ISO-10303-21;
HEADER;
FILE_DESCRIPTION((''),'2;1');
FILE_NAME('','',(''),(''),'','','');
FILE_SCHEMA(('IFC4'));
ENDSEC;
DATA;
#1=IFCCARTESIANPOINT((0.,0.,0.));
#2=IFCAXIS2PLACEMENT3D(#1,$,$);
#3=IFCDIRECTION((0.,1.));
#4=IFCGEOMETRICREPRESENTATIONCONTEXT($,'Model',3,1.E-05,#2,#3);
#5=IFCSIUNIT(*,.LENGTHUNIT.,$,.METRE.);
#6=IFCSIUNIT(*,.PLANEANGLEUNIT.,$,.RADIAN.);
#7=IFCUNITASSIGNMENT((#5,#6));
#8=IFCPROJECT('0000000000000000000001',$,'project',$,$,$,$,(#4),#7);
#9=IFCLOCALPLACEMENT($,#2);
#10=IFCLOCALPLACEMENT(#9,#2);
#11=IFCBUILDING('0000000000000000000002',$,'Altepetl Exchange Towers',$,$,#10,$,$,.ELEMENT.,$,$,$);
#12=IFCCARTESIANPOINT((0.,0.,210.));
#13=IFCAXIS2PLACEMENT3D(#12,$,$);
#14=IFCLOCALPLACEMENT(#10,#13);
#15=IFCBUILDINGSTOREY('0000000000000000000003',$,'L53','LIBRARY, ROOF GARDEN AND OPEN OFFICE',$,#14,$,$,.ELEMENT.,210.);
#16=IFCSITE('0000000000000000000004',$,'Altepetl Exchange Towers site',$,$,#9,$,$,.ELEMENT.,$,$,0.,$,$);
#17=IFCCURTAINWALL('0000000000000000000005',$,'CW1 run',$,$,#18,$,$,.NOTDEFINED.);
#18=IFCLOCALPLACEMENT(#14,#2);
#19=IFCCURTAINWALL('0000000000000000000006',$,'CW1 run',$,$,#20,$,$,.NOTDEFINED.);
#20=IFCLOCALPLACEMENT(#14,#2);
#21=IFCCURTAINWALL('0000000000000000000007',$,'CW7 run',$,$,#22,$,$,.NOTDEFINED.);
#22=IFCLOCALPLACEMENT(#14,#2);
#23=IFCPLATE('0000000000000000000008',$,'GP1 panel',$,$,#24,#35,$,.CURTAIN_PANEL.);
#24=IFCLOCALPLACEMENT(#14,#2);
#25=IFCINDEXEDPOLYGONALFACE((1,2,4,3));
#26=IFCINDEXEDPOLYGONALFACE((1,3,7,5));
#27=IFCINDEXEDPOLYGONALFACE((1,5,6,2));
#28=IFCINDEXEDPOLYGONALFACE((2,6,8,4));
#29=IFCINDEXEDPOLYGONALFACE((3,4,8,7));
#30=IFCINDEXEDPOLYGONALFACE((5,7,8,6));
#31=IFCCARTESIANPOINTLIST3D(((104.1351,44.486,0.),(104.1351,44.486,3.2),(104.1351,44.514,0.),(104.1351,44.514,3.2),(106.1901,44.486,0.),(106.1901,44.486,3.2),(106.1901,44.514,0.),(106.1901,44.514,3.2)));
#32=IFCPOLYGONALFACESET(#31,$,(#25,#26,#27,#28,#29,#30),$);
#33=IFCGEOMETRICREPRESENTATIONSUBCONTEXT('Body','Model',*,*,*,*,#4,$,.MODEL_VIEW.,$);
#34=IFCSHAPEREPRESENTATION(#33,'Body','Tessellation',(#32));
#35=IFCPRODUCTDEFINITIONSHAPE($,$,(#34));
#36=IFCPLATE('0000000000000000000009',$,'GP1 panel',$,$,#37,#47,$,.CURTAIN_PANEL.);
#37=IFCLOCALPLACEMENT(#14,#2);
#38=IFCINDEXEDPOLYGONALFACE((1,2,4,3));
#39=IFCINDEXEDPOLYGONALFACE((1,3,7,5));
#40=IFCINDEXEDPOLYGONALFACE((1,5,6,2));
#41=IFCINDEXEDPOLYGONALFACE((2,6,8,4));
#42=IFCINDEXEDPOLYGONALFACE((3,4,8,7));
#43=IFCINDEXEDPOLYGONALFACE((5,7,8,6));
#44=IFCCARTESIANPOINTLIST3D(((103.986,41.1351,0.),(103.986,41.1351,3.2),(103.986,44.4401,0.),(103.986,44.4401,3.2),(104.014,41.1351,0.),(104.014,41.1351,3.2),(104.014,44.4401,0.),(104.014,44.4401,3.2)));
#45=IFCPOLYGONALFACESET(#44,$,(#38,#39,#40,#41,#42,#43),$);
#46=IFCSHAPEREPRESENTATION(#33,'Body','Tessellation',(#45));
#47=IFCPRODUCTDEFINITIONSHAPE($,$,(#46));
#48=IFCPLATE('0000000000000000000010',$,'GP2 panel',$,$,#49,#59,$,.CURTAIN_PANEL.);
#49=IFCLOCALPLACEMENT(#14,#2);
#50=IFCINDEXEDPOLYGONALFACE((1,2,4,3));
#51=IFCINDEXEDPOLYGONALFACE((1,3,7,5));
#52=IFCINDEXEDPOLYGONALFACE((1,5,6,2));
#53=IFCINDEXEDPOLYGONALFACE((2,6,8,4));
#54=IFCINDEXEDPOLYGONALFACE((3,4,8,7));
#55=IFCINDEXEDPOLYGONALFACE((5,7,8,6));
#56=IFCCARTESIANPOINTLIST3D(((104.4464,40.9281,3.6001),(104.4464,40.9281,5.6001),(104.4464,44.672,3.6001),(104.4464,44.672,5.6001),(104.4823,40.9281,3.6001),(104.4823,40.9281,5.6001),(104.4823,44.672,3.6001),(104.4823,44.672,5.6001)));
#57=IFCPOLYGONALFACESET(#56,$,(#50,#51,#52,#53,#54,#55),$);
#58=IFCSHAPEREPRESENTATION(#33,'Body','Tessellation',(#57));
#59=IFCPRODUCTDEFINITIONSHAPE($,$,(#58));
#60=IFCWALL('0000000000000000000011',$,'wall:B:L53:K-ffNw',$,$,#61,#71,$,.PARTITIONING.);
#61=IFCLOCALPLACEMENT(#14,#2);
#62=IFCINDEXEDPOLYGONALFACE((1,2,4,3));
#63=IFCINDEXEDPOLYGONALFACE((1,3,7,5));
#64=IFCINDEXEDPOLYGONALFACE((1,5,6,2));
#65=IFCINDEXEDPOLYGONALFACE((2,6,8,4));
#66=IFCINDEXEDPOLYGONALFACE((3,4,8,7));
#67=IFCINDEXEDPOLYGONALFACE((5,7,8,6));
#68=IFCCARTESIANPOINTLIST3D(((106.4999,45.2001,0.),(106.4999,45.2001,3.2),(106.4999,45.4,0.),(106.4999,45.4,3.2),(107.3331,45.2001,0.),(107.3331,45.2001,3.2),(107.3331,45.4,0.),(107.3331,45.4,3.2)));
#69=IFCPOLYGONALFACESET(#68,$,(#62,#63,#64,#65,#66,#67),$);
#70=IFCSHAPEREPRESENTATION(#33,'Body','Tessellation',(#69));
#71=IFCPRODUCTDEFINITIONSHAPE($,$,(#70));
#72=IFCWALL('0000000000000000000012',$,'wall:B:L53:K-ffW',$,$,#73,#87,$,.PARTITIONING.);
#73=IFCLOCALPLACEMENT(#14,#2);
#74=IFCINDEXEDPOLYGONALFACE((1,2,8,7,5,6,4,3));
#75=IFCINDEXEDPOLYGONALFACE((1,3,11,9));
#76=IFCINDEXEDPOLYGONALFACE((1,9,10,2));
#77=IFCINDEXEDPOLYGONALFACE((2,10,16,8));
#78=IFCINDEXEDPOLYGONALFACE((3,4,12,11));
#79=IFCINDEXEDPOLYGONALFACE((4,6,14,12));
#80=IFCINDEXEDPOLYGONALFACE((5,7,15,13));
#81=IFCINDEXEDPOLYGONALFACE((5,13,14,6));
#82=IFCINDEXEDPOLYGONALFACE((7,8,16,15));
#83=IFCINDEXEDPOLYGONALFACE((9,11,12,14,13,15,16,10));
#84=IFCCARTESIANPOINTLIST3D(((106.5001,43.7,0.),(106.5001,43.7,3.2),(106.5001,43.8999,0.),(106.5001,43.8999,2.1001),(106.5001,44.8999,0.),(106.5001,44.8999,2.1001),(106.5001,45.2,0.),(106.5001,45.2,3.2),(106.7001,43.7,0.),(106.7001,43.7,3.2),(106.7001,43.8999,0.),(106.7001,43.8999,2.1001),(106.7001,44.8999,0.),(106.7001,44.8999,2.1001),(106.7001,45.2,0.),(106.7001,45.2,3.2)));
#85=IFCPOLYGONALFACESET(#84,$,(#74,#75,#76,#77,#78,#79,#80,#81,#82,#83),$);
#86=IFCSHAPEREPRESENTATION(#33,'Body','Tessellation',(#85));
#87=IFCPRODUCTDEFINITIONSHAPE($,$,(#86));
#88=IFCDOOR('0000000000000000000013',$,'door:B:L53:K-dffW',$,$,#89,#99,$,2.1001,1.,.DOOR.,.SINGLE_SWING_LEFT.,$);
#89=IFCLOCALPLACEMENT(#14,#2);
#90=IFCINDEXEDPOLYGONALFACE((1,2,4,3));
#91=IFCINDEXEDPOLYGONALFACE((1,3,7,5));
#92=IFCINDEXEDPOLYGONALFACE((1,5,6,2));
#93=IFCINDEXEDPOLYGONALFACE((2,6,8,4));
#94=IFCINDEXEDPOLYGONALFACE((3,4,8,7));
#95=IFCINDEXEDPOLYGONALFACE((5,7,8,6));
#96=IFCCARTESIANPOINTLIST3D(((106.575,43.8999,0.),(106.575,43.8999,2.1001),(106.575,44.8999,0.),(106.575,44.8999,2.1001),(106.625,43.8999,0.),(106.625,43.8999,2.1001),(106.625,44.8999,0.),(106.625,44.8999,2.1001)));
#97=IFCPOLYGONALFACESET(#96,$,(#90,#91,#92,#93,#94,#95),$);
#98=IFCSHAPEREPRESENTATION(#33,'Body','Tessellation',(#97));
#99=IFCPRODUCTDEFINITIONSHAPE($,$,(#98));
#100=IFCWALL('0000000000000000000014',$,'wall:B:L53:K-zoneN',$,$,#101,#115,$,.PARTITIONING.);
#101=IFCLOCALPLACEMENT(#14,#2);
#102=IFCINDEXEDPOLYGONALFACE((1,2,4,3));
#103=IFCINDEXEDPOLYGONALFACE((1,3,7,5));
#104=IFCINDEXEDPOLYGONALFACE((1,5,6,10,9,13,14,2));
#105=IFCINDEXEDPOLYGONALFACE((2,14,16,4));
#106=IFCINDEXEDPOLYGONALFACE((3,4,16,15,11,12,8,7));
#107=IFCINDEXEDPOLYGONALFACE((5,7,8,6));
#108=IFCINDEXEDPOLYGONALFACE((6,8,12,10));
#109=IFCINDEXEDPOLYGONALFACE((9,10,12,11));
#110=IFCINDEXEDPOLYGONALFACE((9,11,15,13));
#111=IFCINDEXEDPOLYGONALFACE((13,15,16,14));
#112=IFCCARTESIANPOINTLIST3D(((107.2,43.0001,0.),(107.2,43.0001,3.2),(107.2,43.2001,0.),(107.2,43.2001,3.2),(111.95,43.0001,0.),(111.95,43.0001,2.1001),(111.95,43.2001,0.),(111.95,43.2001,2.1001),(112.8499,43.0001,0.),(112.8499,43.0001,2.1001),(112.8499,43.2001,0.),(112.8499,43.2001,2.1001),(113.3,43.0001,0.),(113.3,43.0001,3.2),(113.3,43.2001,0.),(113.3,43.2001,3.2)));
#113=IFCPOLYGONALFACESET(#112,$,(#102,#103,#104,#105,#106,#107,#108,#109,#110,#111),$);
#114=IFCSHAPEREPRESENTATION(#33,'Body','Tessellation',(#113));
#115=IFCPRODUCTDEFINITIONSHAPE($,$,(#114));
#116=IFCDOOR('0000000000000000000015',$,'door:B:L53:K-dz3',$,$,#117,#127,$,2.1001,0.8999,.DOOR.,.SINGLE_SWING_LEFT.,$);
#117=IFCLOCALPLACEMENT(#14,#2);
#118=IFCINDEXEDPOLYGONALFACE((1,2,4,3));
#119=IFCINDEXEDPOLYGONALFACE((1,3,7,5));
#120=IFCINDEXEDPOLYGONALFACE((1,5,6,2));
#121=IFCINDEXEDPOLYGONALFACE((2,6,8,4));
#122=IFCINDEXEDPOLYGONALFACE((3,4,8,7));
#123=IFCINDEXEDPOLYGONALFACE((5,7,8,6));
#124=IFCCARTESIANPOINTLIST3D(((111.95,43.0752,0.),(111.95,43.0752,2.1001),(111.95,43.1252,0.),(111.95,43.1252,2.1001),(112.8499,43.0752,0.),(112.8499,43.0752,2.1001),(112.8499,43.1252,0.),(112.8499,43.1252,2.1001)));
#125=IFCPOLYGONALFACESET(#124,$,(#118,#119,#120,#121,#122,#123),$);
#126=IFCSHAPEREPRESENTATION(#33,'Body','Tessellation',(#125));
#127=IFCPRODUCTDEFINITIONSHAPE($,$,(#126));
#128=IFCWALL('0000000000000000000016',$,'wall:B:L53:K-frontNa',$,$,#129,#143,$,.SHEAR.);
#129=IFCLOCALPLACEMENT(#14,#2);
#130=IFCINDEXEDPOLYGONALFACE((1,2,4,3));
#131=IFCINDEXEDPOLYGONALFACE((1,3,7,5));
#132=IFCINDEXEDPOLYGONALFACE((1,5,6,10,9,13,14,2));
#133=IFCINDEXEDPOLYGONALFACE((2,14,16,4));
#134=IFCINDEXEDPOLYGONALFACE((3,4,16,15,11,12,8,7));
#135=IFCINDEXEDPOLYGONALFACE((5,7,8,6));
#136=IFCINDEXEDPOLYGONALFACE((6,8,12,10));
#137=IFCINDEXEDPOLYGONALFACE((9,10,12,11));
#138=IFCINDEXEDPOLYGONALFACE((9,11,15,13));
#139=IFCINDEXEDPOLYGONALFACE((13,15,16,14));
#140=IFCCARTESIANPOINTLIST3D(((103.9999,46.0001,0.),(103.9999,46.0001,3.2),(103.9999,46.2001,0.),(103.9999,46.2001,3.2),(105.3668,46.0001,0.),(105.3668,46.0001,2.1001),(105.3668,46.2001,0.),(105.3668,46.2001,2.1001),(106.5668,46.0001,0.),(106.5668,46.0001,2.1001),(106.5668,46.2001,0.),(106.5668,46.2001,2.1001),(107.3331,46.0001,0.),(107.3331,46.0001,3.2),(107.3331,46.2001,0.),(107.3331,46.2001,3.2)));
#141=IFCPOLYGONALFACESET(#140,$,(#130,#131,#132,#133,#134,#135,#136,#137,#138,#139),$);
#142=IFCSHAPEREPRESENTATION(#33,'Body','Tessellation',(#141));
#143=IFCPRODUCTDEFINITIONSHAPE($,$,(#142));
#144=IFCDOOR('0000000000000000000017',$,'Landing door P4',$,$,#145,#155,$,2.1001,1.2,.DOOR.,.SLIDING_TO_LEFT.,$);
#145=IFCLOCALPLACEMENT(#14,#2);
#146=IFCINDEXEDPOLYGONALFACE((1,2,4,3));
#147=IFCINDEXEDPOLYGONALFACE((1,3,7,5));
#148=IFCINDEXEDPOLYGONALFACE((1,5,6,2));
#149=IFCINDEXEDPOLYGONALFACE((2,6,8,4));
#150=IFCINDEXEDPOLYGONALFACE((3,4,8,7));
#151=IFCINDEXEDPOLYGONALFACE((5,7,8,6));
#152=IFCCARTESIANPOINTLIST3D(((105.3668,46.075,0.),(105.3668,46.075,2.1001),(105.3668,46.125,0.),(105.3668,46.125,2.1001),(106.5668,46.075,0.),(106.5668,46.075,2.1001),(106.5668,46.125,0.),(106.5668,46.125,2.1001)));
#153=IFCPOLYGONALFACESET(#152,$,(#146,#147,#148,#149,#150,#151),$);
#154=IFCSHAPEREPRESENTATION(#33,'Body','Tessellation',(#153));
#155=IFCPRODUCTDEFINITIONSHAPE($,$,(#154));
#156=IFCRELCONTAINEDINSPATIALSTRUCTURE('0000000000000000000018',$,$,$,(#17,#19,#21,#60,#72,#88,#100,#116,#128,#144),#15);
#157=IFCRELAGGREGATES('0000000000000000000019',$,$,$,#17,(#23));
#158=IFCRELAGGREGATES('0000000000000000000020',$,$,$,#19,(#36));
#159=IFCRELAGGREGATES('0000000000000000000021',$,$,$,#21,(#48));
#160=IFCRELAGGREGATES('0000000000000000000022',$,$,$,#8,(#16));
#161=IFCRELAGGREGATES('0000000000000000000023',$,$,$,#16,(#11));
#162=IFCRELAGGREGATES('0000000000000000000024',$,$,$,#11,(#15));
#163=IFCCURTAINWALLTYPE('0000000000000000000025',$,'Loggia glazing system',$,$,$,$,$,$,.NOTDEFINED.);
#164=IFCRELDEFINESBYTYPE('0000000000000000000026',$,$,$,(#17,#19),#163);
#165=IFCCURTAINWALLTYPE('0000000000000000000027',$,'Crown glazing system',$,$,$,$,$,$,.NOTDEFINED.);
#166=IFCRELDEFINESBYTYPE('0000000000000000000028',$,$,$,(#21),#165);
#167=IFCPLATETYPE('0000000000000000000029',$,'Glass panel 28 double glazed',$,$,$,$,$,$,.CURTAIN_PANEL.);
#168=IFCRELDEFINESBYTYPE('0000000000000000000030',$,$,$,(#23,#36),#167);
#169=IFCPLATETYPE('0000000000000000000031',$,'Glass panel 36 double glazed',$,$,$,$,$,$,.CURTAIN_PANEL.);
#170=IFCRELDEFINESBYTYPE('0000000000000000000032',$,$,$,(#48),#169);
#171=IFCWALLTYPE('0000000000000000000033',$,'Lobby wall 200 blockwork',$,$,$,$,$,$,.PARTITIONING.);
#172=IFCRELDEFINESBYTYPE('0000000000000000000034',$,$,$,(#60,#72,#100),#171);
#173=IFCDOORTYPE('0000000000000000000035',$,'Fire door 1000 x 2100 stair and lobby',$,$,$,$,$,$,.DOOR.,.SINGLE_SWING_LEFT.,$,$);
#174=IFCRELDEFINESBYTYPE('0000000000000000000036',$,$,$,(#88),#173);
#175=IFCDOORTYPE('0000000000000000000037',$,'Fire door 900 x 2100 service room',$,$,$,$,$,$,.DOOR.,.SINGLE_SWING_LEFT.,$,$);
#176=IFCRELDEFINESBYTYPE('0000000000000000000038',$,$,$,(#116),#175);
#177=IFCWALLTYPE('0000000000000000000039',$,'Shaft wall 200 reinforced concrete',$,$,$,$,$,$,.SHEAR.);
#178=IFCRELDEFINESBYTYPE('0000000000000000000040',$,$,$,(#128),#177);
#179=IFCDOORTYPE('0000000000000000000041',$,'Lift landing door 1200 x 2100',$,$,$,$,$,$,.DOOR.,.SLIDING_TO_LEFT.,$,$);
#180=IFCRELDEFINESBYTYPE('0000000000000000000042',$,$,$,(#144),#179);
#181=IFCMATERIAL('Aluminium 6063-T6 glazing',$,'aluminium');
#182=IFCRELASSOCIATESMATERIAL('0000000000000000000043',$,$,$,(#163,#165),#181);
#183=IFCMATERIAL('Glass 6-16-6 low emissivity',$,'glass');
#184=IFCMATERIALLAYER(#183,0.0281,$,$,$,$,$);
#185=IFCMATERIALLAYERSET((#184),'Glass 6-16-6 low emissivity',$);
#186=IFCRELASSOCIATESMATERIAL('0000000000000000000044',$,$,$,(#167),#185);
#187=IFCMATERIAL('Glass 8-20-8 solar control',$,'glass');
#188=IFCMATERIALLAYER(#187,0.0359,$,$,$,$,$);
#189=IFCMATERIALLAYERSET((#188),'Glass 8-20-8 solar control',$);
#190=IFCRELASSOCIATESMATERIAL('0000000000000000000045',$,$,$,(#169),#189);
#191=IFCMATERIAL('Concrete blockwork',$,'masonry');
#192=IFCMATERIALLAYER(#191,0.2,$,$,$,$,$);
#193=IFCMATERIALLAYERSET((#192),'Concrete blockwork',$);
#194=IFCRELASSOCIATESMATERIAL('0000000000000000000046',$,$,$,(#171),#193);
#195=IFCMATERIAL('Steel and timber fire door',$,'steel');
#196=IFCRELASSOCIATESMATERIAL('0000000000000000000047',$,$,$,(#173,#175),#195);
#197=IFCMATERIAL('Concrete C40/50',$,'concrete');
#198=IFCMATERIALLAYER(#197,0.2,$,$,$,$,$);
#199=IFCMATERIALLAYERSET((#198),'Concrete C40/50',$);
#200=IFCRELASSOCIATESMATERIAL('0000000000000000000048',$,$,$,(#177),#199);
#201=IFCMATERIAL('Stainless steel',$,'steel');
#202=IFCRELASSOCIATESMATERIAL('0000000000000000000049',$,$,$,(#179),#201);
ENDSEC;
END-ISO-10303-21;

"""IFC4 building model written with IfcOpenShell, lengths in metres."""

from ifc_helpers import new_model, si_unit, direction, frame, frame_2d, origin, origin_2d, place, context, subcontext, project, spatial, rectangle, extrude, material, layer, layer_set, type_object, element, fill, aggregate, save


model = new_model("IFC4")

# Units and contexts
model_context = context("Model", 3, precision=1e-05, world=origin(), true_north=direction((0.0, 1.0)))
body_context = subcontext(model_context, "Body", "Model", "MODEL_VIEW")
ifc_project = project(units=[si_unit("LENGTHUNIT", "METRE"), si_unit("PLANEANGLEUNIT", "RADIAN")], contexts=[model_context])

# Site, building, storey
site_placement = place(None, origin())
site = spatial("IfcSite", under=ifc_project, at=site_placement, Name="Altepetl Exchange Towers site", CompositionType="ELEMENT", RefElevation=0.0)
building_placement = place(site_placement, origin())
building = spatial("IfcBuilding", under=site, at=building_placement, Name="Altepetl Exchange Towers", CompositionType="ELEMENT")
storey_placement = place(building_placement, frame((0.0, 0.0, 210.0)))
storey = spatial("IfcBuildingStorey", under=building, at=storey_placement, Name="L53", Description="LIBRARY, ROOF GARDEN AND OPEN OFFICE", CompositionType="ELEMENT", Elevation=210.0)

# Shared definitions
ifc_material_1 = material(Name="Aluminium 6063-T6 glazing", Category="aluminium")
curtain_wall_type_1 = type_object("IfcCurtainWallType", Name="Loggia glazing system", PredefinedType="NOTDEFINED", material=ifc_material_1)

# Curtain wall
curtain_wall_1_placement = place(storey_placement, origin())
curtain_wall_1 = element("IfcCurtainWall", 1, at=curtain_wall_1_placement, inside=storey, type_object=curtain_wall_type_1, Name="CW1 run", PredefinedType="NOTDEFINED")

# Curtain walls
curtain_wall_2_placement = place(storey_placement, origin())
curtain_wall_2 = element("IfcCurtainWall", 2, at=curtain_wall_2_placement, inside=storey, type_object=curtain_wall_type_1, Name="CW1 run", PredefinedType="NOTDEFINED")
curtain_wall_type_2 = type_object("IfcCurtainWallType", Name="Crown glazing system", PredefinedType="NOTDEFINED", material=ifc_material_1)
curtain_wall_3_placement = place(storey_placement, origin())
curtain_wall_3 = element("IfcCurtainWall", 3, at=curtain_wall_3_placement, inside=storey, type_object=curtain_wall_type_2, Name="CW7 run", PredefinedType="NOTDEFINED")

# Plates
ifc_material_2 = material(Name="Glass 6-16-6 low emissivity", Category="glass")
ifc_layer_1 = layer(ifc_material_2, 0.0281)
ifc_layer_set_1 = layer_set([ifc_layer_1], Name="Glass 6-16-6 low emissivity")
plate_type_1 = type_object("IfcPlateType", Name="Glass panel 28 double glazed", PredefinedType="CURTAIN_PANEL", material=ifc_layer_set_1)
plate_1_placement = place(storey_placement, frame((105.1626, 44.5, 0.0), z_axis=(0.0, 0.0, 1.0), x_axis=(-1.0, 0.0, 0.0)))
plate_1 = element("IfcPlate", 4, at=plate_1_placement, type_object=plate_type_1, Name="GP1 panel", PredefinedType="CURTAIN_PANEL", context=body_context, shape_type="SweptSolid", body=[
    extrude(rectangle(XDim=2.0549, YDim=0.0281, at=origin_2d()), origin(), (0.0, 0.0, 1.0), 3.2),
])
aggregate(curtain_wall_1, [plate_1])
plate_2_placement = place(storey_placement, frame((104.0, 42.7876, 0.0), z_axis=(0.0, 0.0, 1.0), x_axis=(0.0, -1.0, 0.0)))
plate_2 = element("IfcPlate", 5, at=plate_2_placement, type_object=plate_type_1, Name="GP1 panel", PredefinedType="CURTAIN_PANEL", context=body_context, shape_type="SweptSolid", body=[
    extrude(rectangle(XDim=3.3049, YDim=0.0281, at=origin_2d()), origin(), (0.0, 0.0, 1.0), 3.2),
])
aggregate(curtain_wall_2, [plate_2])
ifc_material_3 = material(Name="Glass 8-20-8 solar control", Category="glass")
ifc_layer_2 = layer(ifc_material_3, 0.0359)
ifc_layer_set_2 = layer_set([ifc_layer_2], Name="Glass 8-20-8 solar control")
plate_type_2 = type_object("IfcPlateType", Name="Glass panel 36 double glazed", PredefinedType="CURTAIN_PANEL", material=ifc_layer_set_2)
plate_3_placement = place(storey_placement, frame((104.4644, 42.8, 3.6001), z_axis=(0.0, 0.0, 1.0), x_axis=(0.0, -1.0, 0.0)))
plate_3 = element("IfcPlate", 6, at=plate_3_placement, type_object=plate_type_2, Name="GP2 panel", PredefinedType="CURTAIN_PANEL", context=body_context, shape_type="SweptSolid", body=[
    extrude(rectangle(XDim=3.7439, YDim=0.0359, at=origin_2d()), origin(), (0.0, 0.0, 1.0), 2.0),
])
aggregate(curtain_wall_3, [plate_3])

# Wall
ifc_material_4 = material(Name="Concrete blockwork", Category="masonry")
ifc_layer_3 = layer(ifc_material_4, 0.2)
ifc_layer_set_3 = layer_set([ifc_layer_3], Name="Concrete blockwork")
wall_type_1 = type_object("IfcWallType", Name="Lobby wall 200 blockwork", PredefinedType="PARTITIONING", material=ifc_layer_set_3)
wall_1_placement = place(storey_placement, frame((106.5, 45.3, 0.0)))
element("IfcWall", 7, at=wall_1_placement, inside=storey, type_object=wall_type_1, Name="wall:B:L53:K-ffNw", PredefinedType="PARTITIONING", context=body_context, shape_type="SweptSolid", body=[
    extrude(rectangle(XDim=0.8333, YDim=0.2, at=frame_2d((0.4165, 0.0))), origin(), (0.0, 0.0, 1.0), 3.2),
])

# Walls, openings, doors
wall_2_placement = place(storey_placement, frame((106.6001, 43.7, 0.0), z_axis=(0.0, 0.0, 1.0), x_axis=(0.0, 1.0, 0.0)))
wall_2 = element("IfcWall", 8, at=wall_2_placement, inside=storey, type_object=wall_type_1, Name="wall:B:L53:K-ffW", PredefinedType="PARTITIONING", context=body_context, shape_type="SweptSolid", body=[
    extrude(rectangle(XDim=1.5, YDim=0.2, at=frame_2d((0.75, 0.0))), origin(), (0.0, 0.0, 1.0), 3.2),
])
opening_1_placement = place(wall_2_placement, frame((0.2, 0.0, 0.0)))
opening_1 = element("IfcOpeningElement", 9, at=opening_1_placement, cuts=wall_2, PredefinedType="OPENING", context=body_context, shape_type="SweptSolid", body=[
    extrude(rectangle(XDim=1.0, YDim=2.1001, at=frame_2d((0.5, 1.05))), frame((0.0, 0.1099, 0.0), z_axis=(0.0, -1.0, 0.0), x_axis=(1.0, 0.0, 0.0)), (0.0, 0.0, 1.0), 0.22),
])
ifc_material_5 = material(Name="Steel and timber fire door", Category="steel")
door_type_1 = type_object("IfcDoorType", Name="Fire door 1000 x 2100 stair and lobby", OperationType="SINGLE_SWING_LEFT", PredefinedType="DOOR", material=ifc_material_5)
door_1_placement = place(opening_1_placement, frame((1.0, 0.0, 0.0), x_axis=(-1.0, 0.0, 0.0)))
door_1 = element("IfcDoor", 10, at=door_1_placement, inside=storey, type_object=door_type_1, Name="door:B:L53:K-dffW", OperationType="SINGLE_SWING_LEFT", OverallHeight=2.1001, OverallWidth=1.0, PredefinedType="DOOR", context=body_context, shape_type="SweptSolid", body=[
    extrude(rectangle(XDim=1.0, YDim=2.1001, at=frame_2d((0.5, 1.05))), frame((0.0, 0.0249, 0.0), z_axis=(0.0, -1.0, 0.0), x_axis=(1.0, 0.0, 0.0)), (0.0, 0.0, 1.0), 0.05),
])
fill(opening_1, door_1)
wall_3_placement = place(storey_placement, frame((107.2, 43.1001, 0.0)))
wall_3 = element("IfcWall", 11, at=wall_3_placement, inside=storey, type_object=wall_type_1, Name="wall:B:L53:K-zoneN", PredefinedType="PARTITIONING", context=body_context, shape_type="SweptSolid", body=[
    extrude(rectangle(XDim=6.1001, YDim=0.2, at=frame_2d((3.05, 0.0))), origin(), (0.0, 0.0, 1.0), 3.2),
])
opening_2_placement = place(wall_3_placement, frame((4.75, 0.0, 0.0)))
opening_2 = element("IfcOpeningElement", 12, at=opening_2_placement, cuts=wall_3, PredefinedType="OPENING", context=body_context, shape_type="SweptSolid", body=[
    extrude(rectangle(XDim=0.8999, YDim=2.1001, at=frame_2d((0.45, 1.05))), frame((0.0, 0.1099, 0.0), z_axis=(0.0, -1.0, 0.0), x_axis=(1.0, 0.0, 0.0)), (0.0, 0.0, 1.0), 0.22),
])
door_type_2 = type_object("IfcDoorType", Name="Fire door 900 x 2100 service room", OperationType="SINGLE_SWING_LEFT", PredefinedType="DOOR", material=ifc_material_5)
door_2_placement = place(opening_2_placement, frame((0.8999, 0.0, 0.0), x_axis=(-1.0, 0.0, 0.0)))
door_2 = element("IfcDoor", 13, at=door_2_placement, inside=storey, type_object=door_type_2, Name="door:B:L53:K-dz3", OperationType="SINGLE_SWING_LEFT", OverallHeight=2.1001, OverallWidth=0.8999, PredefinedType="DOOR", context=body_context, shape_type="SweptSolid", body=[
    extrude(rectangle(XDim=0.8999, YDim=2.1001, at=frame_2d((0.45, 1.05))), frame((0.0, 0.0249, 0.0), z_axis=(0.0, -1.0, 0.0), x_axis=(1.0, 0.0, 0.0)), (0.0, 0.0, 1.0), 0.05),
])
fill(opening_2, door_2)
ifc_material_6 = material(Name="Concrete C40/50", Category="concrete")
ifc_layer_4 = layer(ifc_material_6, 0.2)
ifc_layer_set_4 = layer_set([ifc_layer_4], Name="Concrete C40/50")
wall_type_2 = type_object("IfcWallType", Name="Shaft wall 200 reinforced concrete", PredefinedType="SHEAR", material=ifc_layer_set_4)
wall_4_placement = place(storey_placement, frame((104.0, 46.1001, 0.0)))
wall_4 = element("IfcWall", 14, at=wall_4_placement, inside=storey, type_object=wall_type_2, Name="wall:B:L53:K-frontNa", PredefinedType="SHEAR", context=body_context, shape_type="SweptSolid", body=[
    extrude(rectangle(XDim=3.3333, YDim=0.2, at=frame_2d((1.6665, 0.0))), origin(), (0.0, 0.0, 1.0), 3.2),
])
opening_3_placement = place(wall_4_placement, frame((1.3667, 0.0, 0.0)))
opening_3 = element("IfcOpeningElement", 15, at=opening_3_placement, cuts=wall_4, PredefinedType="OPENING", context=body_context, shape_type="SweptSolid", body=[
    extrude(rectangle(XDim=1.2, YDim=2.1001, at=frame_2d((0.6001, 1.05))), frame((0.0, 0.1099, 0.0), z_axis=(0.0, -1.0, 0.0), x_axis=(1.0, 0.0, 0.0)), (0.0, 0.0, 1.0), 0.22),
])
ifc_material_7 = material(Name="Stainless steel", Category="steel")
door_type_3 = type_object("IfcDoorType", Name="Lift landing door 1200 x 2100", OperationType="SLIDING_TO_LEFT", PredefinedType="DOOR", material=ifc_material_7)
door_3_placement = place(opening_3_placement, origin())
door_3 = element("IfcDoor", 16, at=door_3_placement, inside=storey, type_object=door_type_3, Name="Landing door P4", OperationType="SLIDING_TO_LEFT", OverallHeight=2.1001, OverallWidth=1.2, PredefinedType="DOOR", context=body_context, shape_type="SweptSolid", body=[
    extrude(rectangle(XDim=1.2, YDim=2.1001, at=frame_2d((0.6001, 1.05))), frame((0.0, 0.0249, 0.0), z_axis=(0.0, -1.0, 0.0), x_axis=(1.0, 0.0, 0.0)), (0.0, 0.0, 1.0), 0.05),
])
fill(opening_3, door_3)

save(model, "model.ifc")
